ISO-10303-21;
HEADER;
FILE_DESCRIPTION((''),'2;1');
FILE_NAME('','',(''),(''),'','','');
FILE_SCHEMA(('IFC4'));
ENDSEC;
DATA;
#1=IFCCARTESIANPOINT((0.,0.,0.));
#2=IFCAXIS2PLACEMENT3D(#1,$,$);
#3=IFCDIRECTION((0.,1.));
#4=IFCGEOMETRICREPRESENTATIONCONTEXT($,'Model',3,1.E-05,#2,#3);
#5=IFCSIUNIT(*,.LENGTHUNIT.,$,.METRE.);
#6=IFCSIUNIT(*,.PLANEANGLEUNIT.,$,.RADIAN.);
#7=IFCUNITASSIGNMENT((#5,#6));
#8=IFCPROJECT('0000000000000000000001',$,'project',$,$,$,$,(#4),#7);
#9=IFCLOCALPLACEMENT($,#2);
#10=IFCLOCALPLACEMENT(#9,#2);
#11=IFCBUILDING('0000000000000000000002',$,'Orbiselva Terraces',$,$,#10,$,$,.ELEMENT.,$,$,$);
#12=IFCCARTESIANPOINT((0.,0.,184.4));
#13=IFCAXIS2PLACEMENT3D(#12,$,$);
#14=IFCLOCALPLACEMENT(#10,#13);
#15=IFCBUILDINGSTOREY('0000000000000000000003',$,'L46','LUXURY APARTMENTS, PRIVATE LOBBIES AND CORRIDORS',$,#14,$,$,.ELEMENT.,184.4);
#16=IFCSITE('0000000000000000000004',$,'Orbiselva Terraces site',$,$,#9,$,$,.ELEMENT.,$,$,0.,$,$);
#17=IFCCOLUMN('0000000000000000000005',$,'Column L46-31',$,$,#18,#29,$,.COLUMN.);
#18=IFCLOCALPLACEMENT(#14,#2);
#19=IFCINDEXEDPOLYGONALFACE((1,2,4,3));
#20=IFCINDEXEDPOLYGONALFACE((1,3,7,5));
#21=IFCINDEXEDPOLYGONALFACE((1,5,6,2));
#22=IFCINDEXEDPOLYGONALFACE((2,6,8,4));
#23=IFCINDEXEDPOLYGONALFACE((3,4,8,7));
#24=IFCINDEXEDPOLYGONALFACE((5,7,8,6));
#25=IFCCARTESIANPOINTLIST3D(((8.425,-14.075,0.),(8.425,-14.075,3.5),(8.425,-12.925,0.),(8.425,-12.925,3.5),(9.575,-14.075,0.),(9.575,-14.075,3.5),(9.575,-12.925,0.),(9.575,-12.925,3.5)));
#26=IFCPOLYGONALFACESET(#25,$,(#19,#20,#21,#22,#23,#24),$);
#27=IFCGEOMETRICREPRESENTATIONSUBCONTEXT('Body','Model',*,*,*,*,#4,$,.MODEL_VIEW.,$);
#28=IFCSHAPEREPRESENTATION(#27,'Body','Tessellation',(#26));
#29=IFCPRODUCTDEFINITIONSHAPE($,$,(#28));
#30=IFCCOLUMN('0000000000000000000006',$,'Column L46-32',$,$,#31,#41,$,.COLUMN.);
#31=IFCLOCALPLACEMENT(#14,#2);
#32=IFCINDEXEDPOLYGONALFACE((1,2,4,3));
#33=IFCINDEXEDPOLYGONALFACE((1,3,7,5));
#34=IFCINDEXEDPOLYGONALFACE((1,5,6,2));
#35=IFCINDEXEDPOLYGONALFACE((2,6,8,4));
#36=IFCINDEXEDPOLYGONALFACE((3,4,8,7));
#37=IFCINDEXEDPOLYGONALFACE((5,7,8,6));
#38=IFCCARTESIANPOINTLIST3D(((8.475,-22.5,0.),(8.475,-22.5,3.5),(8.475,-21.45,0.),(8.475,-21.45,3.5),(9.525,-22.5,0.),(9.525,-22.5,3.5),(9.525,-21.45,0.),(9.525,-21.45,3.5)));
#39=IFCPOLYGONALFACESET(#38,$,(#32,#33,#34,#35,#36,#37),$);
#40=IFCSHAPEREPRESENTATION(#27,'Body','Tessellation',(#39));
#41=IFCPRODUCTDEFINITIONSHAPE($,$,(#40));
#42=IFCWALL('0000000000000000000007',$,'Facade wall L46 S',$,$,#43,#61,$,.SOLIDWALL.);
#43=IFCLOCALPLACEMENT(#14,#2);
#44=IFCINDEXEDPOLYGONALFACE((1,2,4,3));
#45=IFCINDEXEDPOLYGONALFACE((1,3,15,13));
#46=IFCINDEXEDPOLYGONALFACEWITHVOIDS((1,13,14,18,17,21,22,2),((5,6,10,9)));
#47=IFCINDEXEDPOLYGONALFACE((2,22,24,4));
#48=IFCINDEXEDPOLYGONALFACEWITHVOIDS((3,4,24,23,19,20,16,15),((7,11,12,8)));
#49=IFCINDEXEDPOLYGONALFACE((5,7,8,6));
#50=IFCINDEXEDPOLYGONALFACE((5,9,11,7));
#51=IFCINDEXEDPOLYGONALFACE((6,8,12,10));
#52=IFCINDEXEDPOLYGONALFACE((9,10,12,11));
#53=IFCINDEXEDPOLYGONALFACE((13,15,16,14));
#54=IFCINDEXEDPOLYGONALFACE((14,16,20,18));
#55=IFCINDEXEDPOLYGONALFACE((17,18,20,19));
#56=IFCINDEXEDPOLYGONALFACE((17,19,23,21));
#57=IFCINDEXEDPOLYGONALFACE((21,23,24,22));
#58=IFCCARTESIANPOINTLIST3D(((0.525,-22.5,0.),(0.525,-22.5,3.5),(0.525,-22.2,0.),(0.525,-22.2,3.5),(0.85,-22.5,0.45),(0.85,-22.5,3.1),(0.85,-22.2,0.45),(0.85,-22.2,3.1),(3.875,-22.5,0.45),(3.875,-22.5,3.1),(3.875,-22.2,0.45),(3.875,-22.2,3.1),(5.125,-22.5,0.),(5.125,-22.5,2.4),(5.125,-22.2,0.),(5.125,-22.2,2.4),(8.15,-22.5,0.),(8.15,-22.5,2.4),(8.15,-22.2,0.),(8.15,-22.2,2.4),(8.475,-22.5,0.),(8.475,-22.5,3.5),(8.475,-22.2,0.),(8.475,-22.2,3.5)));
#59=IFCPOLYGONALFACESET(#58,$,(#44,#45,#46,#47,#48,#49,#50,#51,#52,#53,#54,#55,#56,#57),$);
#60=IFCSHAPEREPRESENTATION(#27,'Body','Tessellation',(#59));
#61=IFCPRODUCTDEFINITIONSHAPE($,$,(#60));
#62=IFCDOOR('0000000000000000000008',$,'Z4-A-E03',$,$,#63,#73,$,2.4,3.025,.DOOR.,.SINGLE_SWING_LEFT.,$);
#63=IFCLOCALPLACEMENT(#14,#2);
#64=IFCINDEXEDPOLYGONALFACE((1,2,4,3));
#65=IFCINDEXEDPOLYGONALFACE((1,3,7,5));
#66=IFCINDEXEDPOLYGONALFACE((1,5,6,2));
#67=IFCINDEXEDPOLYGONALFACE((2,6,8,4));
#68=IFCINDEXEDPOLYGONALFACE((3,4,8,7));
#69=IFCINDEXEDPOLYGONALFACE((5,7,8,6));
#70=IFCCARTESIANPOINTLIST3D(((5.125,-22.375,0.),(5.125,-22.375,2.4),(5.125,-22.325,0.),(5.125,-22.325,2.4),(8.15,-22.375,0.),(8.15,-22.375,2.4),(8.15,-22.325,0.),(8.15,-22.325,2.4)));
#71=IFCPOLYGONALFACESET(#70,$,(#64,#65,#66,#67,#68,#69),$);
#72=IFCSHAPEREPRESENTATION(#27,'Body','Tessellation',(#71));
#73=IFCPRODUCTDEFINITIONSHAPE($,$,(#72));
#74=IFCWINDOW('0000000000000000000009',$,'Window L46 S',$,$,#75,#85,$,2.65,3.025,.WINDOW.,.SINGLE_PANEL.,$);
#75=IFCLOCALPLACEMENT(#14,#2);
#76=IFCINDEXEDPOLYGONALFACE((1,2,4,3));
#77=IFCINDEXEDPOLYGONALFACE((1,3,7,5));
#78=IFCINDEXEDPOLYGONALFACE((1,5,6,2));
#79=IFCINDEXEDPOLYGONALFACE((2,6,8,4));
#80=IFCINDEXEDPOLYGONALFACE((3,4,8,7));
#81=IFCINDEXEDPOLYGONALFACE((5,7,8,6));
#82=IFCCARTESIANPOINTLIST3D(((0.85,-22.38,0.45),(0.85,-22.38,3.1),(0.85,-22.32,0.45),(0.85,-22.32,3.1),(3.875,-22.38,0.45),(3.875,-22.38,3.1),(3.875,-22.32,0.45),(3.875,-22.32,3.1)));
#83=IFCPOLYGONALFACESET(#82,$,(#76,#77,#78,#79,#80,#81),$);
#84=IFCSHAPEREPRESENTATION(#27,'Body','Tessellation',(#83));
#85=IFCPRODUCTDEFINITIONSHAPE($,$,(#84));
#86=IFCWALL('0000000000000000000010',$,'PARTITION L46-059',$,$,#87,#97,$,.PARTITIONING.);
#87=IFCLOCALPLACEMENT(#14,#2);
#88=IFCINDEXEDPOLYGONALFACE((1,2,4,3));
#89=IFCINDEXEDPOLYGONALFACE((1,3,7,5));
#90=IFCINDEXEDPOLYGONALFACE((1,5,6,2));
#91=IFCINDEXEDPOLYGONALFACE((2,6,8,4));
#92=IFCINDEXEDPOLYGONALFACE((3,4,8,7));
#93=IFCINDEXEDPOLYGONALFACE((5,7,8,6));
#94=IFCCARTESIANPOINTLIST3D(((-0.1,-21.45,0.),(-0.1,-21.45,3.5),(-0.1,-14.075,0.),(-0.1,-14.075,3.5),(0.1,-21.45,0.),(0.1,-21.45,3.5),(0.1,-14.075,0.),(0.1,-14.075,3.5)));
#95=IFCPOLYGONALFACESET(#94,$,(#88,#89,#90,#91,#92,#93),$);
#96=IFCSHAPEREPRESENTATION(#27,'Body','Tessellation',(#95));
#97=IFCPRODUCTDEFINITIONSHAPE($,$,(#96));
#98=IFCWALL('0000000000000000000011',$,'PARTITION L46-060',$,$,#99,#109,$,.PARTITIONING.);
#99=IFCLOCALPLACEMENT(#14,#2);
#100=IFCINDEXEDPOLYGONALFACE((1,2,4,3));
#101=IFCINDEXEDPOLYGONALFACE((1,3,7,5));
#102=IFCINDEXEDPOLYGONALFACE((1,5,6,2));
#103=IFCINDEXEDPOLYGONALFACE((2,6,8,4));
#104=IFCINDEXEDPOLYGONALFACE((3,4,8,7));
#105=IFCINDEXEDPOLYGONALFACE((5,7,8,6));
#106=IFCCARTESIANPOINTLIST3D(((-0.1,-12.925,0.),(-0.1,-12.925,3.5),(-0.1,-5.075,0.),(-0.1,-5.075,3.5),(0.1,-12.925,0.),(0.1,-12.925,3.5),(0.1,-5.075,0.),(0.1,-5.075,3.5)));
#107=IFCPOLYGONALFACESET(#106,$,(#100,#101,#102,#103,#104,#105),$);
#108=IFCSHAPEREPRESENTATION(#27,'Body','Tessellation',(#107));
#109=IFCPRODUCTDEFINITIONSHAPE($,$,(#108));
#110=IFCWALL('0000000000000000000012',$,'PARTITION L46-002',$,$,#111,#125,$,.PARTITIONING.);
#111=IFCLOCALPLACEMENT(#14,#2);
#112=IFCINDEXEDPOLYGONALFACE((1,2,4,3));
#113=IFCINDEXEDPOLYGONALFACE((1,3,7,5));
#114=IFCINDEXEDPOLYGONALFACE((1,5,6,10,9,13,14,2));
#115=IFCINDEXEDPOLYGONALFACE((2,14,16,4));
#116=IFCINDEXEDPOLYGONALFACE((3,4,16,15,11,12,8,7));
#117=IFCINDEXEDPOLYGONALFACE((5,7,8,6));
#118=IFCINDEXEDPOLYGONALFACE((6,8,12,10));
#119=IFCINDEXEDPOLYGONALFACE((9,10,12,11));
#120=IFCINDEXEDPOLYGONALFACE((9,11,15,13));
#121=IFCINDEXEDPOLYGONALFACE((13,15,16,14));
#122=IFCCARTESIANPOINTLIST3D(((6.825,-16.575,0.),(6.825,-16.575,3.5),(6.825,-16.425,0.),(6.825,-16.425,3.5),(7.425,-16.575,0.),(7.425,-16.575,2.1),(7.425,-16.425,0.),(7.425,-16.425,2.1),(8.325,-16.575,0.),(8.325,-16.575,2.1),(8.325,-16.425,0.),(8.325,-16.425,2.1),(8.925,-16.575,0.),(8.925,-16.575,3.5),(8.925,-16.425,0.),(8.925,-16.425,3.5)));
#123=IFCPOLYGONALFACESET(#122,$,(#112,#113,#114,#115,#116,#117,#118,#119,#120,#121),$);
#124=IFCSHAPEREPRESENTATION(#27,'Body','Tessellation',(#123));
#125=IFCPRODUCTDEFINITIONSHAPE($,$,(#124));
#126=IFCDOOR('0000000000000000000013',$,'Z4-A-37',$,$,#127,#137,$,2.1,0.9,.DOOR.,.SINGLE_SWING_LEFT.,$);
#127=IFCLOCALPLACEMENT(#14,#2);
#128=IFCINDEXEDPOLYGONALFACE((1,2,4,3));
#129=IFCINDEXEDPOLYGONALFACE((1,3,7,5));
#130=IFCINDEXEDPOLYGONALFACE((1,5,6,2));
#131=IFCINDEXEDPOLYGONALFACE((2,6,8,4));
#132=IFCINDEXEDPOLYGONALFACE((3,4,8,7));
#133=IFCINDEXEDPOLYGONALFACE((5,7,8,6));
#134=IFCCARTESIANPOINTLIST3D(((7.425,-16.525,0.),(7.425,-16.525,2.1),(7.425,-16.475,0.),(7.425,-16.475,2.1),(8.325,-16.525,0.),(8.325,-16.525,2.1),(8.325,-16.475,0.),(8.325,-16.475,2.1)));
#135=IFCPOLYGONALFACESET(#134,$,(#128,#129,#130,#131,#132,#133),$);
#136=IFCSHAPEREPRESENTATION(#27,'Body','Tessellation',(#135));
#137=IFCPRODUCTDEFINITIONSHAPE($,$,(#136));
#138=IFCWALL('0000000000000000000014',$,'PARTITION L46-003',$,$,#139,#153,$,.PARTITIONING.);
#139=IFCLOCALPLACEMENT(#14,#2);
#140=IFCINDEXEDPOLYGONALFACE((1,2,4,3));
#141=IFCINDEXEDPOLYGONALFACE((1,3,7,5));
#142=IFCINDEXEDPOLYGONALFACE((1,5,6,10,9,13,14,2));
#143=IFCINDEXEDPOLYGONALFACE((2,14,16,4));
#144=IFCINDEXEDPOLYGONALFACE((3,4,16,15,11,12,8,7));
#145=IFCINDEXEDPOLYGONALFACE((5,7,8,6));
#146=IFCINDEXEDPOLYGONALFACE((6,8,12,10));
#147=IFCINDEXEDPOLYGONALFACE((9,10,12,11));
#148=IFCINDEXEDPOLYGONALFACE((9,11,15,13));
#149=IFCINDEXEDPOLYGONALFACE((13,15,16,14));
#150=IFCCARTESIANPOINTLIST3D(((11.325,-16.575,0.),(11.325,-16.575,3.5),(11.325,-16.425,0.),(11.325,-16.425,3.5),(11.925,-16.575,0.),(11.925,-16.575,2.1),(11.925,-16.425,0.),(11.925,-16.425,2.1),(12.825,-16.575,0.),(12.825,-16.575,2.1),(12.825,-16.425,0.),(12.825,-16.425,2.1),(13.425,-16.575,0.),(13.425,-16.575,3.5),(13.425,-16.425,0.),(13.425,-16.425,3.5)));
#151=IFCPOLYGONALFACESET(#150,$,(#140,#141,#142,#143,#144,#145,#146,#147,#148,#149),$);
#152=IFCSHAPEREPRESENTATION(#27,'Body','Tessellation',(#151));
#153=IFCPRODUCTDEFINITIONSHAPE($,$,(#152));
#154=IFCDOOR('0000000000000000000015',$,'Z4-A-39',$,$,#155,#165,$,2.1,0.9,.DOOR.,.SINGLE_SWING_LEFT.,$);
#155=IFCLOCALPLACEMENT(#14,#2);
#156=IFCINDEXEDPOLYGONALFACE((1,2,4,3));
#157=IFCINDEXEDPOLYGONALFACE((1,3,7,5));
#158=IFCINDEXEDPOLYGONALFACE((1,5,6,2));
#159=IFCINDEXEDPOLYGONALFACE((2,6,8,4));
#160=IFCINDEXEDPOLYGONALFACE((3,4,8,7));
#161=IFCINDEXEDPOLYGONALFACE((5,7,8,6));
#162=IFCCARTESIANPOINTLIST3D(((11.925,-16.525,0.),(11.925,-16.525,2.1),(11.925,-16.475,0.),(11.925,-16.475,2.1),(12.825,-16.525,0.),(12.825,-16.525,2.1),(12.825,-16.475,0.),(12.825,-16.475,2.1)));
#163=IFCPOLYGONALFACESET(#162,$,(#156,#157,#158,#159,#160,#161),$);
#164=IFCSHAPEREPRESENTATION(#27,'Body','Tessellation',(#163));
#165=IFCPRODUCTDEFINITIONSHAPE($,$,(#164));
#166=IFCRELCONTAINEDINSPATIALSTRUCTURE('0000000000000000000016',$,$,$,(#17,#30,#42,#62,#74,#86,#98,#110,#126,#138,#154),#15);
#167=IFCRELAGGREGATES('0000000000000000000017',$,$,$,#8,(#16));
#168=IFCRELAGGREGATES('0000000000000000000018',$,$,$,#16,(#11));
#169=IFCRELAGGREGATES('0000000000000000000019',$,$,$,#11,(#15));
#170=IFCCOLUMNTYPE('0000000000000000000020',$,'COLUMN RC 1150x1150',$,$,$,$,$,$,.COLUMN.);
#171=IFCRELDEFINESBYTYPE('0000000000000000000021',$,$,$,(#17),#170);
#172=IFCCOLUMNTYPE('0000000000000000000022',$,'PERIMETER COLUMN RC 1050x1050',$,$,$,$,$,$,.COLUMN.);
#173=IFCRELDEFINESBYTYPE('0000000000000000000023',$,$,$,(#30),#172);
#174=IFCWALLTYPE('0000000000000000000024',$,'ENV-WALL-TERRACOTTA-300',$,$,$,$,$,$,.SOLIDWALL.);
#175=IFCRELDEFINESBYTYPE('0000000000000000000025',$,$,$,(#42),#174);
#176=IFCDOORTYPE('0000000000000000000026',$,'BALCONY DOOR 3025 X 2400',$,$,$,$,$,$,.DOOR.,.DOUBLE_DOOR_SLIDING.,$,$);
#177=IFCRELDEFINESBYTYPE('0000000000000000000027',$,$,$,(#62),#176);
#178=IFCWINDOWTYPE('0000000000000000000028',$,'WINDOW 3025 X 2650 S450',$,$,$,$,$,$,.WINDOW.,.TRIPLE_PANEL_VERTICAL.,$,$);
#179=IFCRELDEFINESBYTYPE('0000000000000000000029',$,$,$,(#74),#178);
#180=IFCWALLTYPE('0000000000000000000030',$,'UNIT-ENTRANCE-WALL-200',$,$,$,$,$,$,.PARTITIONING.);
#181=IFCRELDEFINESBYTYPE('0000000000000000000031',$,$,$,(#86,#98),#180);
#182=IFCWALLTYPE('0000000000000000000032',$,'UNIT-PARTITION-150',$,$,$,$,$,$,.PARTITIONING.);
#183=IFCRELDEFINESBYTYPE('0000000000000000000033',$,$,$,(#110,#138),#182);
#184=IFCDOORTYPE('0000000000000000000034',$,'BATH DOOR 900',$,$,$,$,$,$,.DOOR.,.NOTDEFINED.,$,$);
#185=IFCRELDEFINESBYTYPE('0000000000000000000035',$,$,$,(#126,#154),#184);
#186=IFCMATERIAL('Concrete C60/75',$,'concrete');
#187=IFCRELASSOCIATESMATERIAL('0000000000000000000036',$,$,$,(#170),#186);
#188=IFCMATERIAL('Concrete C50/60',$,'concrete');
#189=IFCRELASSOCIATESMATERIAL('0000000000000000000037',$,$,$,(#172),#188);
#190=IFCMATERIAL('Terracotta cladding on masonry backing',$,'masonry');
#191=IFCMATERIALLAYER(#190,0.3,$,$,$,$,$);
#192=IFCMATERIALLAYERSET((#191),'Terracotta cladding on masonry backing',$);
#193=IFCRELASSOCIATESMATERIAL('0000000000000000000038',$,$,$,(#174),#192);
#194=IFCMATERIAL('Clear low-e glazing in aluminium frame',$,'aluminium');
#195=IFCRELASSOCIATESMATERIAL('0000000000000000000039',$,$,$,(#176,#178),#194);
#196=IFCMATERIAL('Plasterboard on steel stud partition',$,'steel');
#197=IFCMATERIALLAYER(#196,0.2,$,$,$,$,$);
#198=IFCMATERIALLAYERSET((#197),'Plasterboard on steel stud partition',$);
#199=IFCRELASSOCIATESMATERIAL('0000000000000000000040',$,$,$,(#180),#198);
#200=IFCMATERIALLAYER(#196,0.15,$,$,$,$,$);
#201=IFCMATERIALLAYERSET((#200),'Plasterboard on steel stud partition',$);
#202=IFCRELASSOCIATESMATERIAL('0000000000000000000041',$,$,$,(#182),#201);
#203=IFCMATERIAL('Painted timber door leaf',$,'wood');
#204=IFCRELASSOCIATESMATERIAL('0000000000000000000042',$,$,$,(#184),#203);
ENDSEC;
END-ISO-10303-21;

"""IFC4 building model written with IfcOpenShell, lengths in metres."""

from ifc_helpers import new_model, si_unit, direction, frame, frame_2d, origin, origin_2d, place, context, subcontext, project, spatial, rectangle, extrude, material, layer, layer_set, material_profile, profile_set, type_object, element, fill, save


model = new_model("IFC4")

# Units and contexts
model_context = context("Model", 3, precision=1e-05, world=origin(), true_north=direction((0.0, 1.0)))
body_context = subcontext(model_context, "Body", "Model", "MODEL_VIEW")
ifc_project = project(units=[si_unit("LENGTHUNIT", "METRE"), si_unit("PLANEANGLEUNIT", "RADIAN")], contexts=[model_context])

# Site, building, storey
site_placement = place(None, origin())
site = spatial("IfcSite", under=ifc_project, at=site_placement, Name="Orbiselva Terraces site", CompositionType="ELEMENT", RefElevation=0.0)
building_placement = place(site_placement, origin())
building = spatial("IfcBuilding", under=site, at=building_placement, Name="Orbiselva Terraces", CompositionType="ELEMENT")
storey_placement = place(building_placement, frame((0.0, 0.0, 184.4)))
storey = spatial("IfcBuildingStorey", under=building, at=storey_placement, Name="L46", Description="LUXURY APARTMENTS, PRIVATE LOBBIES AND CORRIDORS", CompositionType="ELEMENT", Elevation=184.4)

# Columns
ifc_material_1 = material(Name="Concrete C60/75", Category="concrete")
ifc_material_profile_1 = material_profile(ifc_material_1, rectangle(XDim=1.15, YDim=1.15, at=origin_2d()), Name="RC 1150x1150")
ifc_profile_set_1 = profile_set([ifc_material_profile_1], Name="Concrete C60/75")
column_type_1 = type_object("IfcColumnType", Name="COLUMN RC 1150x1150", PredefinedType="COLUMN", material=ifc_profile_set_1)
column_1_placement = place(storey_placement, frame((9.0, -13.5, 0.0), z_axis=(0.0, 0.0, 1.0), x_axis=(1.0, 0.0, 0.0)))
element("IfcColumn", 1, at=column_1_placement, inside=storey, type_object=column_type_1, Name="Column L46-31", PredefinedType="COLUMN", context=body_context, shape_type="SweptSolid", body=[
    extrude(rectangle(XDim=1.15, YDim=1.15, at=origin_2d()), origin(), (0.0, 0.0, 1.0), 3.5),
])
ifc_material_2 = material(Name="Concrete C50/60", Category="concrete")
ifc_material_profile_2 = material_profile(ifc_material_2, rectangle(XDim=1.05, YDim=1.05, at=origin_2d()), Name="RC 1050x1050")
ifc_profile_set_2 = profile_set([ifc_material_profile_2], Name="Concrete C50/60")
column_type_2 = type_object("IfcColumnType", Name="PERIMETER COLUMN RC 1050x1050", PredefinedType="COLUMN", material=ifc_profile_set_2)
column_2_placement = place(storey_placement, frame((9.0, -21.975, 0.0), z_axis=(0.0, 0.0, 1.0), x_axis=(1.0, 0.0, 0.0)))
element("IfcColumn", 2, at=column_2_placement, inside=storey, type_object=column_type_2, Name="Column L46-32", PredefinedType="COLUMN", context=body_context, shape_type="SweptSolid", body=[
    extrude(rectangle(XDim=1.05, YDim=1.05, at=origin_2d()), origin(), (0.0, 0.0, 1.0), 3.5),
])

# Wall, openings, door, window
ifc_material_3 = material(Name="Terracotta cladding on masonry backing", Category="masonry")
ifc_layer_1 = layer(ifc_material_3, 0.3)
ifc_layer_set_1 = layer_set([ifc_layer_1], Name="Terracotta cladding on masonry backing")
wall_type_1 = type_object("IfcWallType", Name="ENV-WALL-TERRACOTTA-300", PredefinedType="SOLIDWALL", material=ifc_layer_set_1)
wall_1_placement = place(storey_placement, frame((8.475, -22.35, 0.0), z_axis=(0.0, 0.0, 1.0), x_axis=(-1.0, 0.0, 0.0)))
wall_1 = element("IfcWall", 3, at=wall_1_placement, inside=storey, type_object=wall_type_1, Name="Facade wall L46 S", PredefinedType="SOLIDWALL", context=body_context, shape_type="SweptSolid", body=[
    extrude(rectangle(XDim=7.95, YDim=0.3, at=frame_2d((3.975, 0.0))), origin(), (0.0, 0.0, 1.0), 3.5),
])
opening_1_placement = place(wall_1_placement, frame((4.6, 0.0, 0.45)))
opening_1 = element("IfcOpeningElement", 4, at=opening_1_placement, cuts=wall_1, PredefinedType="OPENING", context=body_context, shape_type="SweptSolid", body=[
    extrude(rectangle(XDim=3.025, YDim=2.65, at=frame_2d((1.5125, 1.325))), frame((0.0, 0.16, 0.0), z_axis=(0.0, -1.0, 0.0), x_axis=(1.0, 0.0, 0.0)), (0.0, 0.0, 1.0), 0.32),
])
opening_2_placement = place(wall_1_placement, frame((0.325, 0.0, 0.0)))
opening_2 = element("IfcOpeningElement", 5, at=opening_2_placement, cuts=wall_1, PredefinedType="OPENING", context=body_context, shape_type="SweptSolid", body=[
    extrude(rectangle(XDim=3.025, YDim=2.4, at=frame_2d((1.5125, 1.2))), frame((0.0, 0.16, 0.0), z_axis=(0.0, -1.0, 0.0), x_axis=(1.0, 0.0, 0.0)), (0.0, 0.0, 1.0), 0.32),
])
ifc_material_4 = material(Name="Clear low-e glazing in aluminium frame", Category="aluminium")
door_type_1 = type_object("IfcDoorType", Name="BALCONY DOOR 3025 X 2400", OperationType="DOUBLE_DOOR_SLIDING", PredefinedType="DOOR", material=ifc_material_4)
door_1_placement = place(opening_2_placement, origin())
door_1 = element("IfcDoor", 6, at=door_1_placement, inside=storey, type_object=door_type_1, Name="Z4-A-E03", OperationType="SINGLE_SWING_LEFT", OverallHeight=2.4, OverallWidth=3.025, PredefinedType="DOOR", context=body_context, shape_type="SweptSolid", body=[
    extrude(rectangle(XDim=3.025, YDim=2.4, at=frame_2d((1.5125, 1.2))), frame((0.0, 0.025, 0.0), z_axis=(0.0, -1.0, 0.0), x_axis=(1.0, 0.0, 0.0)), (0.0, 0.0, 1.0), 0.05),
])
fill(opening_2, door_1)
window_type = type_object("IfcWindowType", Name="WINDOW 3025 X 2650 S450", PartitioningType="TRIPLE_PANEL_VERTICAL", PredefinedType="WINDOW", material=ifc_material_4)
window_placement = place(opening_1_placement, origin())
window = element("IfcWindow", 7, at=window_placement, inside=storey, type_object=window_type, Name="Window L46 S", OverallHeight=2.65, OverallWidth=3.025, PartitioningType="SINGLE_PANEL", PredefinedType="WINDOW", context=body_context, shape_type="SweptSolid", body=[
    extrude(rectangle(XDim=3.025, YDim=2.65, at=frame_2d((1.5125, 1.325))), frame((0.0, 0.03, 0.0), z_axis=(0.0, -1.0, 0.0), x_axis=(1.0, 0.0, 0.0)), (0.0, 0.0, 1.0), 0.06),
])
fill(opening_1, window)

# Walls
ifc_material_5 = material(Name="Plasterboard on steel stud partition", Category="steel")
ifc_layer_2 = layer(ifc_material_5, 0.2)
ifc_layer_set_2 = layer_set([ifc_layer_2], Name="Plasterboard on steel stud partition")
wall_type_2 = type_object("IfcWallType", Name="UNIT-ENTRANCE-WALL-200", PredefinedType="PARTITIONING", material=ifc_layer_set_2)
wall_2_placement = place(storey_placement, frame((0.0, -21.45, 0.0), z_axis=(0.0, 0.0, 1.0), x_axis=(0.0, 1.0, 0.0)))
element("IfcWall", 8, at=wall_2_placement, inside=storey, type_object=wall_type_2, Name="PARTITION L46-059", PredefinedType="PARTITIONING", context=body_context, shape_type="SweptSolid", body=[
    extrude(rectangle(XDim=7.375, YDim=0.2, at=frame_2d((3.6875, 0.0))), origin(), (0.0, 0.0, 1.0), 3.5),
])
wall_3_placement = place(storey_placement, frame((0.0, -12.925, 0.0), z_axis=(0.0, 0.0, 1.0), x_axis=(0.0, 1.0, 0.0)))
element("IfcWall", 9, at=wall_3_placement, inside=storey, type_object=wall_type_2, Name="PARTITION L46-060", PredefinedType="PARTITIONING", context=body_context, shape_type="SweptSolid", body=[
    extrude(rectangle(XDim=7.85, YDim=0.2, at=frame_2d((3.925, 0.0))), origin(), (0.0, 0.0, 1.0), 3.5),
])

# Walls, openings, doors
ifc_layer_3 = layer(ifc_material_5, 0.15)
ifc_layer_set_3 = layer_set([ifc_layer_3], Name="Plasterboard on steel stud partition")
wall_type_3 = type_object("IfcWallType", Name="UNIT-PARTITION-150", PredefinedType="PARTITIONING", material=ifc_layer_set_3)
wall_4_placement = place(storey_placement, frame((6.825, -16.5, 0.0), z_axis=(0.0, 0.0, 1.0), x_axis=(1.0, 0.0, 0.0)))
wall_4 = element("IfcWall", 10, at=wall_4_placement, inside=storey, type_object=wall_type_3, Name="PARTITION L46-002", PredefinedType="PARTITIONING", context=body_context, shape_type="SweptSolid", body=[
    extrude(rectangle(XDim=2.1, YDim=0.15, at=frame_2d((1.05, 0.0))), origin(), (0.0, 0.0, 1.0), 3.5),
])
opening_3_placement = place(wall_4_placement, frame((0.6, 0.0, 0.0)))
opening_3 = element("IfcOpeningElement", 11, at=opening_3_placement, cuts=wall_4, PredefinedType="OPENING", context=body_context, shape_type="SweptSolid", body=[
    extrude(rectangle(XDim=0.9, YDim=2.1, at=frame_2d((0.45, 1.05))), frame((0.0, 0.085, 0.0), z_axis=(0.0, -1.0, 0.0), x_axis=(1.0, 0.0, 0.0)), (0.0, 0.0, 1.0), 0.17),
])
ifc_material_6 = material(Name="Painted timber door leaf", Category="wood")
door_type_2 = type_object("IfcDoorType", Name="BATH DOOR 900", OperationType="NOTDEFINED", PredefinedType="DOOR", material=ifc_material_6)
door_2_placement = place(opening_3_placement, origin())
door_2 = element("IfcDoor", 12, at=door_2_placement, inside=storey, type_object=door_type_2, Name="Z4-A-37", OperationType="SINGLE_SWING_LEFT", OverallHeight=2.1, OverallWidth=0.9, PredefinedType="DOOR", context=body_context, shape_type="SweptSolid", body=[
    extrude(rectangle(XDim=0.9, YDim=2.1, at=frame_2d((0.45, 1.05))), frame((0.0, 0.025, 0.0), z_axis=(0.0, -1.0, 0.0), x_axis=(1.0, 0.0, 0.0)), (0.0, 0.0, 1.0), 0.05),
])
fill(opening_3, door_2)
wall_5_placement = place(storey_placement, frame((11.325, -16.5, 0.0), z_axis=(0.0, 0.0, 1.0), x_axis=(1.0, 0.0, 0.0)))
wall_5 = element("IfcWall", 13, at=wall_5_placement, inside=storey, type_object=wall_type_3, Name="PARTITION L46-003", PredefinedType="PARTITIONING", context=body_context, shape_type="SweptSolid", body=[
    extrude(rectangle(XDim=2.1, YDim=0.15, at=frame_2d((1.05, 0.0))), origin(), (0.0, 0.0, 1.0), 3.5),
])
opening_4_placement = place(wall_5_placement, frame((0.6, 0.0, 0.0)))
opening_4 = element("IfcOpeningElement", 14, at=opening_4_placement, cuts=wall_5, PredefinedType="OPENING", context=body_context, shape_type="SweptSolid", body=[
    extrude(rectangle(XDim=0.9, YDim=2.1, at=frame_2d((0.45, 1.05))), frame((0.0, 0.085, 0.0), z_axis=(0.0, -1.0, 0.0), x_axis=(1.0, 0.0, 0.0)), (0.0, 0.0, 1.0), 0.17),
])
door_3_placement = place(opening_4_placement, origin())
door_3 = element("IfcDoor", 15, at=door_3_placement, inside=storey, type_object=door_type_2, Name="Z4-A-39", OperationType="SINGLE_SWING_LEFT", OverallHeight=2.1, OverallWidth=0.9, PredefinedType="DOOR", context=body_context, shape_type="SweptSolid", body=[
    extrude(rectangle(XDim=0.9, YDim=2.1, at=frame_2d((0.45, 1.05))), frame((0.0, 0.025, 0.0), z_axis=(0.0, -1.0, 0.0), x_axis=(1.0, 0.0, 0.0)), (0.0, 0.0, 1.0), 0.05),
])
fill(opening_4, door_3)

save(model, "model.ifc")
